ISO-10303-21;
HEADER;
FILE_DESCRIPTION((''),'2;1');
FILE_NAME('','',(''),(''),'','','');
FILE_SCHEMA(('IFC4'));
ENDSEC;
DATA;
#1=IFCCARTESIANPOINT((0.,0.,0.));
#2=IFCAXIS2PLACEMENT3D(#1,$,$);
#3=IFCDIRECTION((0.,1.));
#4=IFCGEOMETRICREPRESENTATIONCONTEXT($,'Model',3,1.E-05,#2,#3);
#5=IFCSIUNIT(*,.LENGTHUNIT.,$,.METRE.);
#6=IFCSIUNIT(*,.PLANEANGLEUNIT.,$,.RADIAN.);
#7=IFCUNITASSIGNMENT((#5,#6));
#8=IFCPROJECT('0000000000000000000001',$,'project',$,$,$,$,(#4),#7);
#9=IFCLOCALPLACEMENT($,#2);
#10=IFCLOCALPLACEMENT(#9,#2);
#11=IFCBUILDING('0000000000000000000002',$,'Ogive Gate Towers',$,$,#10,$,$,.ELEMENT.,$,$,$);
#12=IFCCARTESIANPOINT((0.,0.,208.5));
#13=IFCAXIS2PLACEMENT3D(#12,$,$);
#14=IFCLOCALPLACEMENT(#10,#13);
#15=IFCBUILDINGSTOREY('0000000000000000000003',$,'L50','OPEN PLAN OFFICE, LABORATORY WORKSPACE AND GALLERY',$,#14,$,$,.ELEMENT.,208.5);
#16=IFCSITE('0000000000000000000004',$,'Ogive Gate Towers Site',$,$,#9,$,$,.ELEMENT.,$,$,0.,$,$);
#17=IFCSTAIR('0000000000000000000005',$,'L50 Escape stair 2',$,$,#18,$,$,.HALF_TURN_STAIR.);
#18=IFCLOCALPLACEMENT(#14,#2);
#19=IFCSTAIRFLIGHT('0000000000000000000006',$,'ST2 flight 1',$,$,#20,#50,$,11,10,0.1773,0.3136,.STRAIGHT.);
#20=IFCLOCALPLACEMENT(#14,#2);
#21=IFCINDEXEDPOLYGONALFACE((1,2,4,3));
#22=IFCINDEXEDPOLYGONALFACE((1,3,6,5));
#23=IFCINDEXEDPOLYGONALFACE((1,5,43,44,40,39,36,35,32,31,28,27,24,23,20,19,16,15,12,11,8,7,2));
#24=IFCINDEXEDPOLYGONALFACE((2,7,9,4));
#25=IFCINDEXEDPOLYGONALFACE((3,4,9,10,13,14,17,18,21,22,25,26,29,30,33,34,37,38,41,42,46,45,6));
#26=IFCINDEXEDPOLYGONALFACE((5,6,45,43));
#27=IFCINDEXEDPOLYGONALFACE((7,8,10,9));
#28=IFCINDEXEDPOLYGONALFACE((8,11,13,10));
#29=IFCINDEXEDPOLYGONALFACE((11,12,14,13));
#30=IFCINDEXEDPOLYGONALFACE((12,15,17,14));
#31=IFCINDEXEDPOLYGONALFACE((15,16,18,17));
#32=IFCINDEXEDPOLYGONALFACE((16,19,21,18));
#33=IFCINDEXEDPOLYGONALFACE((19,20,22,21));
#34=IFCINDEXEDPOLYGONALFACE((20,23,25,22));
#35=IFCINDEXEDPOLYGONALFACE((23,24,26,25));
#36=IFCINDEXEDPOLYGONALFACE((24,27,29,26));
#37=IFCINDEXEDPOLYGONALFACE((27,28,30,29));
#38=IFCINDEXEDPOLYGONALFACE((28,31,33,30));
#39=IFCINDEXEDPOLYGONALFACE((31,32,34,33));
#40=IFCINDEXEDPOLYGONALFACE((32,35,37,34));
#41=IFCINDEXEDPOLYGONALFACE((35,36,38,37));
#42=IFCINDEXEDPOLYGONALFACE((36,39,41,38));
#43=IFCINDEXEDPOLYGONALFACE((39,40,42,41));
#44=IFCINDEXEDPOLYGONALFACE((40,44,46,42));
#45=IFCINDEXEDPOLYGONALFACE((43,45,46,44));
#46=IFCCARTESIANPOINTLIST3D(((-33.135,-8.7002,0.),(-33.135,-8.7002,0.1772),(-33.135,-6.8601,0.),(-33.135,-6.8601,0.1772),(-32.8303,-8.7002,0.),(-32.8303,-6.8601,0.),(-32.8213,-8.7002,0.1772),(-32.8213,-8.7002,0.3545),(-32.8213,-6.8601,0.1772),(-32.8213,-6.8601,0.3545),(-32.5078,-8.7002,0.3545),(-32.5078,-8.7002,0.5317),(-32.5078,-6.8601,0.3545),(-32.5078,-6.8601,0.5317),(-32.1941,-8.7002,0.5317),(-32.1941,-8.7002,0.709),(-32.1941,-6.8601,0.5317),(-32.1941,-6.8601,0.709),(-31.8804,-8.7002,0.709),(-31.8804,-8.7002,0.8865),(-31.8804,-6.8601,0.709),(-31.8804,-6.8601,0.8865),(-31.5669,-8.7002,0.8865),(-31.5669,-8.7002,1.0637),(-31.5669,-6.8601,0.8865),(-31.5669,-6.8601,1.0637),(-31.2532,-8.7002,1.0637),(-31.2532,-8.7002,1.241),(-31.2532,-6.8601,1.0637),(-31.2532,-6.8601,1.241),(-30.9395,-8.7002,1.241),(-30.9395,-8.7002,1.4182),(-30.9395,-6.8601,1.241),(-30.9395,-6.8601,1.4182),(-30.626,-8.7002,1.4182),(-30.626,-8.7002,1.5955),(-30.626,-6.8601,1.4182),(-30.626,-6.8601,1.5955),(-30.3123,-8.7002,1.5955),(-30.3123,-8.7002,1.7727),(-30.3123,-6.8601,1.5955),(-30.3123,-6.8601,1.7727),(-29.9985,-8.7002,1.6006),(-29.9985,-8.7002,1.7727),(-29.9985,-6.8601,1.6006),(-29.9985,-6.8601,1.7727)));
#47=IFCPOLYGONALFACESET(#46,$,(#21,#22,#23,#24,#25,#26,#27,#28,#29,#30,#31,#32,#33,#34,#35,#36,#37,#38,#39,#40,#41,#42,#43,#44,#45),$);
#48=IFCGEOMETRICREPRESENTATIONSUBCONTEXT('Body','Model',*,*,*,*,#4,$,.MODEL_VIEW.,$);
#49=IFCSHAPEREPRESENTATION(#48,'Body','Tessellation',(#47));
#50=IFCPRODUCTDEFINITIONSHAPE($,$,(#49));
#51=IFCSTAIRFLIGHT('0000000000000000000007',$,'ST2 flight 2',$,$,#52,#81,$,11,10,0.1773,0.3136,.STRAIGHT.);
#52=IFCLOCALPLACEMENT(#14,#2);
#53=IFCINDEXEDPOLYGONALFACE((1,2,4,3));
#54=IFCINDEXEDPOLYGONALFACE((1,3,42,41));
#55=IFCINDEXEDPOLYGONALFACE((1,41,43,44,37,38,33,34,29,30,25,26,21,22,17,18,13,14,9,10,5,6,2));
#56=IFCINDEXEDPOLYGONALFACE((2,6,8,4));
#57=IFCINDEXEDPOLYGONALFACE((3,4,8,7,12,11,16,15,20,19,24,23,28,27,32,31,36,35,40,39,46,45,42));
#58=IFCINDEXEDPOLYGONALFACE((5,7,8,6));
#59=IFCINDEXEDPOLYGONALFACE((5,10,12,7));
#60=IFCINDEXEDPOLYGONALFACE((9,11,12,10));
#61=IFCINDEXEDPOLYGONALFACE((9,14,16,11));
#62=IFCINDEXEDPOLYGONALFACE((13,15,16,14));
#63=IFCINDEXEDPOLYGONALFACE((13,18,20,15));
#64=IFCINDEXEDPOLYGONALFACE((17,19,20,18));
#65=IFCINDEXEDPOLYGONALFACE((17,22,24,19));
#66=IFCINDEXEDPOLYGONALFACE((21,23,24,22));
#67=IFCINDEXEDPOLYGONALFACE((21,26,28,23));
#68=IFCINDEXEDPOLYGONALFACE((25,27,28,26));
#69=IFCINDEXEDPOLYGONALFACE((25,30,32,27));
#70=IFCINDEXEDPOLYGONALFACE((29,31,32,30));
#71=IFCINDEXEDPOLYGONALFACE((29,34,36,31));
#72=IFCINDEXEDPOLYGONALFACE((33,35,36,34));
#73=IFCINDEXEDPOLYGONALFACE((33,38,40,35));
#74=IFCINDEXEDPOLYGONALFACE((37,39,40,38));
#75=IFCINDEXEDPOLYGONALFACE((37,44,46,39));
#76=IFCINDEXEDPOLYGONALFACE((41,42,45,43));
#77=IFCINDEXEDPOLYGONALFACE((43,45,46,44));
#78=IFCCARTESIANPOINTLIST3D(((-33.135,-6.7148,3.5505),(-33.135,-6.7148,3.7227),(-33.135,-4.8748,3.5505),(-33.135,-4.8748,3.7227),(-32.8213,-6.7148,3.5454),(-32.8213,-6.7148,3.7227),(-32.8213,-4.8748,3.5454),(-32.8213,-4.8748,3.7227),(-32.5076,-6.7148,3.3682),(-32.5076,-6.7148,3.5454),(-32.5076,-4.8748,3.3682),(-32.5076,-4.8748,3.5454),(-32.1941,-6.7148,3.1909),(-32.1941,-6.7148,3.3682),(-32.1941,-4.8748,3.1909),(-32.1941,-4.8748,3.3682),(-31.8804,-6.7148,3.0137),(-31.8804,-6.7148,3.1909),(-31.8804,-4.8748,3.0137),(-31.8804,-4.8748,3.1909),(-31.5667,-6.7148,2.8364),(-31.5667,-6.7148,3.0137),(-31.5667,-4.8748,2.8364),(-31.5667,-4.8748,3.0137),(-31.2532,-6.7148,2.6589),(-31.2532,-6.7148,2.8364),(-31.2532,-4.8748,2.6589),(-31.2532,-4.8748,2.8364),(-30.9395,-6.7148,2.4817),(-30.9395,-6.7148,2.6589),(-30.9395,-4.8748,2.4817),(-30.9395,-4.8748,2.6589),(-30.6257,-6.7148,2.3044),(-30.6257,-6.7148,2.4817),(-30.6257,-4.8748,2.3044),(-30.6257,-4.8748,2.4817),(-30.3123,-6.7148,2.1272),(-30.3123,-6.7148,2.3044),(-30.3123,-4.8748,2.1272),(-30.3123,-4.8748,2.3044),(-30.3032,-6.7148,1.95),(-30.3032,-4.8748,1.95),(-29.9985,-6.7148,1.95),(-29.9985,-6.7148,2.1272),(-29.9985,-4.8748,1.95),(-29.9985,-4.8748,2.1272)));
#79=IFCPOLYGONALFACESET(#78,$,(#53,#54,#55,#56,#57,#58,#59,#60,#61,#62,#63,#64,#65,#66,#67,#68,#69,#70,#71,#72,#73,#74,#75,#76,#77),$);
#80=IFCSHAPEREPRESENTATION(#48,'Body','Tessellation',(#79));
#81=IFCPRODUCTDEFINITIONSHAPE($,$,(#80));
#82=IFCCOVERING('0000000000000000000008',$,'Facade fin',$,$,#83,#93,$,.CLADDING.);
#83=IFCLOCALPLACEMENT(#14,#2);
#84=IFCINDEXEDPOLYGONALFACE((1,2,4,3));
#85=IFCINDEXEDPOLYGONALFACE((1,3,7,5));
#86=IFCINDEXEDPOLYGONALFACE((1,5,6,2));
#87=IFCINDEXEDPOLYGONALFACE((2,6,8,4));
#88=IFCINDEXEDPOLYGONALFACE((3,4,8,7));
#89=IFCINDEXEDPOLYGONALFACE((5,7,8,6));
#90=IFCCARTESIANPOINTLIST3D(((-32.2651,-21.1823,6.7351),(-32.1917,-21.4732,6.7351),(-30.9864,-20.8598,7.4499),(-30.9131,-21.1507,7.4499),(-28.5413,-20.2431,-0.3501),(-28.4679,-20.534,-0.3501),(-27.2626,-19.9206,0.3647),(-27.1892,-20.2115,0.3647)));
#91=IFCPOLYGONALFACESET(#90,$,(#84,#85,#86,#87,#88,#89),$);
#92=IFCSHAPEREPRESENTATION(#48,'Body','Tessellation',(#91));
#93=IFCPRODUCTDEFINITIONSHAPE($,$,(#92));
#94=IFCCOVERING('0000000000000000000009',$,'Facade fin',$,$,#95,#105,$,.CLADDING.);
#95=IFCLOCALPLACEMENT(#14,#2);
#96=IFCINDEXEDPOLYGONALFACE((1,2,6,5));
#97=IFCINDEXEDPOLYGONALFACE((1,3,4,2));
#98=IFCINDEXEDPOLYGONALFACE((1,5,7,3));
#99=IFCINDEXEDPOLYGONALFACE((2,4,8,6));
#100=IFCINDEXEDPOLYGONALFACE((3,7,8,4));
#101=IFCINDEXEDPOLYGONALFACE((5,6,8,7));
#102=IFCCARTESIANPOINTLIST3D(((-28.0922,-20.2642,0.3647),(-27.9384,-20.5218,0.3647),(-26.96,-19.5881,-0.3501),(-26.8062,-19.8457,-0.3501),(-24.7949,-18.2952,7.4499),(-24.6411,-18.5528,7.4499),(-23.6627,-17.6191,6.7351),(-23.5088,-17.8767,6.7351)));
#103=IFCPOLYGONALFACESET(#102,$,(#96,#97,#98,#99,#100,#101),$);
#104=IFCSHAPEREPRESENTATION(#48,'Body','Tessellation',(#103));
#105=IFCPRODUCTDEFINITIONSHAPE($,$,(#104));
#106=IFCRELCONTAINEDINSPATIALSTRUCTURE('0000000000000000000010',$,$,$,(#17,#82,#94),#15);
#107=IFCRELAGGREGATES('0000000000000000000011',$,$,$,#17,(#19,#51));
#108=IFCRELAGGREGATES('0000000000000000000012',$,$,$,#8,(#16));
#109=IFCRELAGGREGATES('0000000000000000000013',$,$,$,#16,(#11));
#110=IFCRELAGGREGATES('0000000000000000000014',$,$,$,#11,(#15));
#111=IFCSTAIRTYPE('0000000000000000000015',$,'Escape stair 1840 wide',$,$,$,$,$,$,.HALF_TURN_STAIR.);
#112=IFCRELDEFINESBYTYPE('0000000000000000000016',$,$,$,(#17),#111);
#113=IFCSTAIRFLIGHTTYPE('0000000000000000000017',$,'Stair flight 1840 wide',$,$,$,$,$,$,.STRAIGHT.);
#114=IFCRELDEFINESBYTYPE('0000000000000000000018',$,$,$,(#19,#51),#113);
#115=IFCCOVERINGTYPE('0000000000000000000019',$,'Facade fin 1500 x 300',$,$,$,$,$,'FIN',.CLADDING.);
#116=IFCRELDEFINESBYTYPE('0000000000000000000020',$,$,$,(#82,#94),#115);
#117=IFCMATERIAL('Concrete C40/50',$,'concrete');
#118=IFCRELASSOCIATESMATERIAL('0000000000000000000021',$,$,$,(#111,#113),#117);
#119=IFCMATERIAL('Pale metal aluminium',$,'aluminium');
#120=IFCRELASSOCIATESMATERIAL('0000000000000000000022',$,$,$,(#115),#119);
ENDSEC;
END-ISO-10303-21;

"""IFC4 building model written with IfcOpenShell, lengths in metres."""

from ifc_helpers import new_model, si_unit, direction, frame, origin, origin_2d, place, context, subcontext, project, spatial, polyline, rectangle, outline, extrude, material, material_profile, profile_set, type_object, element, aggregate, save


model = new_model("IFC4")

# Units and contexts
model_context = context("Model", 3, precision=1e-05, world=origin(), true_north=direction((0.0, 1.0)))
body_context = subcontext(model_context, "Body", "Model", "MODEL_VIEW")
ifc_project = project(units=[si_unit("LENGTHUNIT", "METRE"), si_unit("PLANEANGLEUNIT", "RADIAN")], contexts=[model_context])

# Site, building, storey
site_placement = place(None, origin())
site = spatial("IfcSite", under=ifc_project, at=site_placement, Name="Ogive Gate Towers Site", CompositionType="ELEMENT", RefElevation=0.0)
building_placement = place(site_placement, origin())
building = spatial("IfcBuilding", under=site, at=building_placement, Name="Ogive Gate Towers", CompositionType="ELEMENT")
storey_placement = place(building_placement, frame((0.0, 0.0, 208.5)))
storey = spatial("IfcBuildingStorey", under=building, at=storey_placement, Name="L50", Description="OPEN PLAN OFFICE, LABORATORY WORKSPACE AND GALLERY", CompositionType="ELEMENT", Elevation=208.5)

# Shared definitions
ifc_material_1 = material(Name="Pale metal aluminium", Category="aluminium")

# Stair, stair flights
ifc_material_2 = material(Name="Concrete C40/50", Category="concrete")
stair_type = type_object("IfcStairType", Name="Escape stair 1840 wide", PredefinedType="HALF_TURN_STAIR", material=ifc_material_2)
stair_placement = place(storey_placement, origin())
stair = element("IfcStair", 1, at=stair_placement, inside=storey, type_object=stair_type, Name="L50 Escape stair 2", PredefinedType="HALF_TURN_STAIR")
stair_flight_type = type_object("IfcStairFlightType", Name="Stair flight 1840 wide", PredefinedType="STRAIGHT", material=ifc_material_2)
stair_flight_1_placement = place(storey_placement, frame((-33.135, -7.78, 0.0), z_axis=(0.0, 0.0, 1.0), x_axis=(1.0, 0.0, 0.0)))
stair_flight_1 = element("IfcStairFlight", 2, at=stair_flight_1_placement, type_object=stair_flight_type, Name="ST2 flight 1", NumberOfRisers=11, NumberOfTreads=10, PredefinedType="STRAIGHT", RiserHeight=0.1773, TreadLength=0.3136, context=body_context, shape_type="SweptSolid", body=[
    extrude(outline(polyline([(0.0, 0.0), (0.0, 0.1772), (0.3137, 0.1772), (0.3137, 0.3545), (0.6272, 0.3545), (0.6272, 0.5317), (0.9409, 0.5317), (0.9409, 0.709), (1.2546, 0.709), (1.2546, 0.8865), (1.5681, 0.8865), (1.5681, 1.0637), (1.8818, 1.0637), (1.8818, 1.241), (2.1956, 1.241), (2.1956, 1.4182), (2.509, 1.4182), (2.509, 1.5955), (2.8228, 1.5955), (2.8228, 1.7727), (3.1365, 1.7727), (3.1365, 1.95), (3.1365, 1.6006), (0.3047, 0.0), (0.0, 0.0)])), frame((0.0, 0.9199, 0.0), z_axis=(0.0, -1.0, 0.0), x_axis=(1.0, 0.0, 0.0)), (0.0, 0.0, 1.0), 1.8401),
])
stair_flight_2_placement = place(storey_placement, frame((-29.9985, -5.7949, 1.95), z_axis=(0.0, 0.0, 1.0), x_axis=(-1.0, 0.0, 0.0)))
stair_flight_2 = element("IfcStairFlight", 3, at=stair_flight_2_placement, type_object=stair_flight_type, Name="ST2 flight 2", NumberOfRisers=11, NumberOfTreads=10, PredefinedType="STRAIGHT", RiserHeight=0.1773, TreadLength=0.3136, context=body_context, shape_type="SweptSolid", body=[
    extrude(outline(polyline([(0.0, 0.0), (0.0, 0.1772), (0.3137, 0.1772), (0.3137, 0.3545), (0.6272, 0.3545), (0.6272, 0.5317), (0.9409, 0.5317), (0.9409, 0.709), (1.2546, 0.709), (1.2546, 0.8865), (1.5681, 0.8865), (1.5681, 1.0637), (1.8818, 1.0637), (1.8818, 1.241), (2.1956, 1.241), (2.1956, 1.4182), (2.509, 1.4182), (2.509, 1.5955), (2.8228, 1.5955), (2.8228, 1.7727), (3.1365, 1.7727), (3.1365, 1.95), (3.1365, 1.6006), (0.3047, 0.0), (0.0, 0.0)])), frame((0.0, 0.9199, 0.0), z_axis=(0.0, -1.0, 0.0), x_axis=(1.0, 0.0, 0.0)), (0.0, 0.0, 1.0), 1.8401),
])
aggregate(stair, [stair_flight_1, stair_flight_2])

# Coverings
ifc_material_profile_1 = material_profile(ifc_material_1, rectangle(XDim=0.3, YDim=1.5, at=origin_2d()), Name="1500 x 300 pale metal aluminium")
ifc_profile_set_1 = profile_set([ifc_material_profile_1], Name="Pale metal aluminium")
covering_type = type_object("IfcCoveringType", Name="Facade fin 1500 x 300", ElementType="FIN", PredefinedType="CLADDING", material=ifc_profile_set_1)
for number, where, z_axis, x_axis, name in (
    (4, (-27.8652, -20.2273, 0.0073), (-0.46207, -0.11654, 0.879153), (0.244554, -0.969636, 0.0), "Facade fin"),
    (5, (-27.4492, -20.0549, 0.0073), (0.409146, 0.244318, 0.879152), (-0.51269, 0.858574, 0.0), "Facade fin"),
):
    element("IfcCovering", number, at=place(storey_placement, frame(where, z_axis=z_axis, x_axis=x_axis)), inside=storey, type_object=covering_type, Name=name, PredefinedType="CLADDING", context=body_context, shape_type="SweptSolid", body=[
        extrude(rectangle(XDim=0.3, YDim=1.5, at=origin_2d()), origin(), (0.0, 0.0, 1.0), 8.0591),
    ])

save(model, "model.ifc")
